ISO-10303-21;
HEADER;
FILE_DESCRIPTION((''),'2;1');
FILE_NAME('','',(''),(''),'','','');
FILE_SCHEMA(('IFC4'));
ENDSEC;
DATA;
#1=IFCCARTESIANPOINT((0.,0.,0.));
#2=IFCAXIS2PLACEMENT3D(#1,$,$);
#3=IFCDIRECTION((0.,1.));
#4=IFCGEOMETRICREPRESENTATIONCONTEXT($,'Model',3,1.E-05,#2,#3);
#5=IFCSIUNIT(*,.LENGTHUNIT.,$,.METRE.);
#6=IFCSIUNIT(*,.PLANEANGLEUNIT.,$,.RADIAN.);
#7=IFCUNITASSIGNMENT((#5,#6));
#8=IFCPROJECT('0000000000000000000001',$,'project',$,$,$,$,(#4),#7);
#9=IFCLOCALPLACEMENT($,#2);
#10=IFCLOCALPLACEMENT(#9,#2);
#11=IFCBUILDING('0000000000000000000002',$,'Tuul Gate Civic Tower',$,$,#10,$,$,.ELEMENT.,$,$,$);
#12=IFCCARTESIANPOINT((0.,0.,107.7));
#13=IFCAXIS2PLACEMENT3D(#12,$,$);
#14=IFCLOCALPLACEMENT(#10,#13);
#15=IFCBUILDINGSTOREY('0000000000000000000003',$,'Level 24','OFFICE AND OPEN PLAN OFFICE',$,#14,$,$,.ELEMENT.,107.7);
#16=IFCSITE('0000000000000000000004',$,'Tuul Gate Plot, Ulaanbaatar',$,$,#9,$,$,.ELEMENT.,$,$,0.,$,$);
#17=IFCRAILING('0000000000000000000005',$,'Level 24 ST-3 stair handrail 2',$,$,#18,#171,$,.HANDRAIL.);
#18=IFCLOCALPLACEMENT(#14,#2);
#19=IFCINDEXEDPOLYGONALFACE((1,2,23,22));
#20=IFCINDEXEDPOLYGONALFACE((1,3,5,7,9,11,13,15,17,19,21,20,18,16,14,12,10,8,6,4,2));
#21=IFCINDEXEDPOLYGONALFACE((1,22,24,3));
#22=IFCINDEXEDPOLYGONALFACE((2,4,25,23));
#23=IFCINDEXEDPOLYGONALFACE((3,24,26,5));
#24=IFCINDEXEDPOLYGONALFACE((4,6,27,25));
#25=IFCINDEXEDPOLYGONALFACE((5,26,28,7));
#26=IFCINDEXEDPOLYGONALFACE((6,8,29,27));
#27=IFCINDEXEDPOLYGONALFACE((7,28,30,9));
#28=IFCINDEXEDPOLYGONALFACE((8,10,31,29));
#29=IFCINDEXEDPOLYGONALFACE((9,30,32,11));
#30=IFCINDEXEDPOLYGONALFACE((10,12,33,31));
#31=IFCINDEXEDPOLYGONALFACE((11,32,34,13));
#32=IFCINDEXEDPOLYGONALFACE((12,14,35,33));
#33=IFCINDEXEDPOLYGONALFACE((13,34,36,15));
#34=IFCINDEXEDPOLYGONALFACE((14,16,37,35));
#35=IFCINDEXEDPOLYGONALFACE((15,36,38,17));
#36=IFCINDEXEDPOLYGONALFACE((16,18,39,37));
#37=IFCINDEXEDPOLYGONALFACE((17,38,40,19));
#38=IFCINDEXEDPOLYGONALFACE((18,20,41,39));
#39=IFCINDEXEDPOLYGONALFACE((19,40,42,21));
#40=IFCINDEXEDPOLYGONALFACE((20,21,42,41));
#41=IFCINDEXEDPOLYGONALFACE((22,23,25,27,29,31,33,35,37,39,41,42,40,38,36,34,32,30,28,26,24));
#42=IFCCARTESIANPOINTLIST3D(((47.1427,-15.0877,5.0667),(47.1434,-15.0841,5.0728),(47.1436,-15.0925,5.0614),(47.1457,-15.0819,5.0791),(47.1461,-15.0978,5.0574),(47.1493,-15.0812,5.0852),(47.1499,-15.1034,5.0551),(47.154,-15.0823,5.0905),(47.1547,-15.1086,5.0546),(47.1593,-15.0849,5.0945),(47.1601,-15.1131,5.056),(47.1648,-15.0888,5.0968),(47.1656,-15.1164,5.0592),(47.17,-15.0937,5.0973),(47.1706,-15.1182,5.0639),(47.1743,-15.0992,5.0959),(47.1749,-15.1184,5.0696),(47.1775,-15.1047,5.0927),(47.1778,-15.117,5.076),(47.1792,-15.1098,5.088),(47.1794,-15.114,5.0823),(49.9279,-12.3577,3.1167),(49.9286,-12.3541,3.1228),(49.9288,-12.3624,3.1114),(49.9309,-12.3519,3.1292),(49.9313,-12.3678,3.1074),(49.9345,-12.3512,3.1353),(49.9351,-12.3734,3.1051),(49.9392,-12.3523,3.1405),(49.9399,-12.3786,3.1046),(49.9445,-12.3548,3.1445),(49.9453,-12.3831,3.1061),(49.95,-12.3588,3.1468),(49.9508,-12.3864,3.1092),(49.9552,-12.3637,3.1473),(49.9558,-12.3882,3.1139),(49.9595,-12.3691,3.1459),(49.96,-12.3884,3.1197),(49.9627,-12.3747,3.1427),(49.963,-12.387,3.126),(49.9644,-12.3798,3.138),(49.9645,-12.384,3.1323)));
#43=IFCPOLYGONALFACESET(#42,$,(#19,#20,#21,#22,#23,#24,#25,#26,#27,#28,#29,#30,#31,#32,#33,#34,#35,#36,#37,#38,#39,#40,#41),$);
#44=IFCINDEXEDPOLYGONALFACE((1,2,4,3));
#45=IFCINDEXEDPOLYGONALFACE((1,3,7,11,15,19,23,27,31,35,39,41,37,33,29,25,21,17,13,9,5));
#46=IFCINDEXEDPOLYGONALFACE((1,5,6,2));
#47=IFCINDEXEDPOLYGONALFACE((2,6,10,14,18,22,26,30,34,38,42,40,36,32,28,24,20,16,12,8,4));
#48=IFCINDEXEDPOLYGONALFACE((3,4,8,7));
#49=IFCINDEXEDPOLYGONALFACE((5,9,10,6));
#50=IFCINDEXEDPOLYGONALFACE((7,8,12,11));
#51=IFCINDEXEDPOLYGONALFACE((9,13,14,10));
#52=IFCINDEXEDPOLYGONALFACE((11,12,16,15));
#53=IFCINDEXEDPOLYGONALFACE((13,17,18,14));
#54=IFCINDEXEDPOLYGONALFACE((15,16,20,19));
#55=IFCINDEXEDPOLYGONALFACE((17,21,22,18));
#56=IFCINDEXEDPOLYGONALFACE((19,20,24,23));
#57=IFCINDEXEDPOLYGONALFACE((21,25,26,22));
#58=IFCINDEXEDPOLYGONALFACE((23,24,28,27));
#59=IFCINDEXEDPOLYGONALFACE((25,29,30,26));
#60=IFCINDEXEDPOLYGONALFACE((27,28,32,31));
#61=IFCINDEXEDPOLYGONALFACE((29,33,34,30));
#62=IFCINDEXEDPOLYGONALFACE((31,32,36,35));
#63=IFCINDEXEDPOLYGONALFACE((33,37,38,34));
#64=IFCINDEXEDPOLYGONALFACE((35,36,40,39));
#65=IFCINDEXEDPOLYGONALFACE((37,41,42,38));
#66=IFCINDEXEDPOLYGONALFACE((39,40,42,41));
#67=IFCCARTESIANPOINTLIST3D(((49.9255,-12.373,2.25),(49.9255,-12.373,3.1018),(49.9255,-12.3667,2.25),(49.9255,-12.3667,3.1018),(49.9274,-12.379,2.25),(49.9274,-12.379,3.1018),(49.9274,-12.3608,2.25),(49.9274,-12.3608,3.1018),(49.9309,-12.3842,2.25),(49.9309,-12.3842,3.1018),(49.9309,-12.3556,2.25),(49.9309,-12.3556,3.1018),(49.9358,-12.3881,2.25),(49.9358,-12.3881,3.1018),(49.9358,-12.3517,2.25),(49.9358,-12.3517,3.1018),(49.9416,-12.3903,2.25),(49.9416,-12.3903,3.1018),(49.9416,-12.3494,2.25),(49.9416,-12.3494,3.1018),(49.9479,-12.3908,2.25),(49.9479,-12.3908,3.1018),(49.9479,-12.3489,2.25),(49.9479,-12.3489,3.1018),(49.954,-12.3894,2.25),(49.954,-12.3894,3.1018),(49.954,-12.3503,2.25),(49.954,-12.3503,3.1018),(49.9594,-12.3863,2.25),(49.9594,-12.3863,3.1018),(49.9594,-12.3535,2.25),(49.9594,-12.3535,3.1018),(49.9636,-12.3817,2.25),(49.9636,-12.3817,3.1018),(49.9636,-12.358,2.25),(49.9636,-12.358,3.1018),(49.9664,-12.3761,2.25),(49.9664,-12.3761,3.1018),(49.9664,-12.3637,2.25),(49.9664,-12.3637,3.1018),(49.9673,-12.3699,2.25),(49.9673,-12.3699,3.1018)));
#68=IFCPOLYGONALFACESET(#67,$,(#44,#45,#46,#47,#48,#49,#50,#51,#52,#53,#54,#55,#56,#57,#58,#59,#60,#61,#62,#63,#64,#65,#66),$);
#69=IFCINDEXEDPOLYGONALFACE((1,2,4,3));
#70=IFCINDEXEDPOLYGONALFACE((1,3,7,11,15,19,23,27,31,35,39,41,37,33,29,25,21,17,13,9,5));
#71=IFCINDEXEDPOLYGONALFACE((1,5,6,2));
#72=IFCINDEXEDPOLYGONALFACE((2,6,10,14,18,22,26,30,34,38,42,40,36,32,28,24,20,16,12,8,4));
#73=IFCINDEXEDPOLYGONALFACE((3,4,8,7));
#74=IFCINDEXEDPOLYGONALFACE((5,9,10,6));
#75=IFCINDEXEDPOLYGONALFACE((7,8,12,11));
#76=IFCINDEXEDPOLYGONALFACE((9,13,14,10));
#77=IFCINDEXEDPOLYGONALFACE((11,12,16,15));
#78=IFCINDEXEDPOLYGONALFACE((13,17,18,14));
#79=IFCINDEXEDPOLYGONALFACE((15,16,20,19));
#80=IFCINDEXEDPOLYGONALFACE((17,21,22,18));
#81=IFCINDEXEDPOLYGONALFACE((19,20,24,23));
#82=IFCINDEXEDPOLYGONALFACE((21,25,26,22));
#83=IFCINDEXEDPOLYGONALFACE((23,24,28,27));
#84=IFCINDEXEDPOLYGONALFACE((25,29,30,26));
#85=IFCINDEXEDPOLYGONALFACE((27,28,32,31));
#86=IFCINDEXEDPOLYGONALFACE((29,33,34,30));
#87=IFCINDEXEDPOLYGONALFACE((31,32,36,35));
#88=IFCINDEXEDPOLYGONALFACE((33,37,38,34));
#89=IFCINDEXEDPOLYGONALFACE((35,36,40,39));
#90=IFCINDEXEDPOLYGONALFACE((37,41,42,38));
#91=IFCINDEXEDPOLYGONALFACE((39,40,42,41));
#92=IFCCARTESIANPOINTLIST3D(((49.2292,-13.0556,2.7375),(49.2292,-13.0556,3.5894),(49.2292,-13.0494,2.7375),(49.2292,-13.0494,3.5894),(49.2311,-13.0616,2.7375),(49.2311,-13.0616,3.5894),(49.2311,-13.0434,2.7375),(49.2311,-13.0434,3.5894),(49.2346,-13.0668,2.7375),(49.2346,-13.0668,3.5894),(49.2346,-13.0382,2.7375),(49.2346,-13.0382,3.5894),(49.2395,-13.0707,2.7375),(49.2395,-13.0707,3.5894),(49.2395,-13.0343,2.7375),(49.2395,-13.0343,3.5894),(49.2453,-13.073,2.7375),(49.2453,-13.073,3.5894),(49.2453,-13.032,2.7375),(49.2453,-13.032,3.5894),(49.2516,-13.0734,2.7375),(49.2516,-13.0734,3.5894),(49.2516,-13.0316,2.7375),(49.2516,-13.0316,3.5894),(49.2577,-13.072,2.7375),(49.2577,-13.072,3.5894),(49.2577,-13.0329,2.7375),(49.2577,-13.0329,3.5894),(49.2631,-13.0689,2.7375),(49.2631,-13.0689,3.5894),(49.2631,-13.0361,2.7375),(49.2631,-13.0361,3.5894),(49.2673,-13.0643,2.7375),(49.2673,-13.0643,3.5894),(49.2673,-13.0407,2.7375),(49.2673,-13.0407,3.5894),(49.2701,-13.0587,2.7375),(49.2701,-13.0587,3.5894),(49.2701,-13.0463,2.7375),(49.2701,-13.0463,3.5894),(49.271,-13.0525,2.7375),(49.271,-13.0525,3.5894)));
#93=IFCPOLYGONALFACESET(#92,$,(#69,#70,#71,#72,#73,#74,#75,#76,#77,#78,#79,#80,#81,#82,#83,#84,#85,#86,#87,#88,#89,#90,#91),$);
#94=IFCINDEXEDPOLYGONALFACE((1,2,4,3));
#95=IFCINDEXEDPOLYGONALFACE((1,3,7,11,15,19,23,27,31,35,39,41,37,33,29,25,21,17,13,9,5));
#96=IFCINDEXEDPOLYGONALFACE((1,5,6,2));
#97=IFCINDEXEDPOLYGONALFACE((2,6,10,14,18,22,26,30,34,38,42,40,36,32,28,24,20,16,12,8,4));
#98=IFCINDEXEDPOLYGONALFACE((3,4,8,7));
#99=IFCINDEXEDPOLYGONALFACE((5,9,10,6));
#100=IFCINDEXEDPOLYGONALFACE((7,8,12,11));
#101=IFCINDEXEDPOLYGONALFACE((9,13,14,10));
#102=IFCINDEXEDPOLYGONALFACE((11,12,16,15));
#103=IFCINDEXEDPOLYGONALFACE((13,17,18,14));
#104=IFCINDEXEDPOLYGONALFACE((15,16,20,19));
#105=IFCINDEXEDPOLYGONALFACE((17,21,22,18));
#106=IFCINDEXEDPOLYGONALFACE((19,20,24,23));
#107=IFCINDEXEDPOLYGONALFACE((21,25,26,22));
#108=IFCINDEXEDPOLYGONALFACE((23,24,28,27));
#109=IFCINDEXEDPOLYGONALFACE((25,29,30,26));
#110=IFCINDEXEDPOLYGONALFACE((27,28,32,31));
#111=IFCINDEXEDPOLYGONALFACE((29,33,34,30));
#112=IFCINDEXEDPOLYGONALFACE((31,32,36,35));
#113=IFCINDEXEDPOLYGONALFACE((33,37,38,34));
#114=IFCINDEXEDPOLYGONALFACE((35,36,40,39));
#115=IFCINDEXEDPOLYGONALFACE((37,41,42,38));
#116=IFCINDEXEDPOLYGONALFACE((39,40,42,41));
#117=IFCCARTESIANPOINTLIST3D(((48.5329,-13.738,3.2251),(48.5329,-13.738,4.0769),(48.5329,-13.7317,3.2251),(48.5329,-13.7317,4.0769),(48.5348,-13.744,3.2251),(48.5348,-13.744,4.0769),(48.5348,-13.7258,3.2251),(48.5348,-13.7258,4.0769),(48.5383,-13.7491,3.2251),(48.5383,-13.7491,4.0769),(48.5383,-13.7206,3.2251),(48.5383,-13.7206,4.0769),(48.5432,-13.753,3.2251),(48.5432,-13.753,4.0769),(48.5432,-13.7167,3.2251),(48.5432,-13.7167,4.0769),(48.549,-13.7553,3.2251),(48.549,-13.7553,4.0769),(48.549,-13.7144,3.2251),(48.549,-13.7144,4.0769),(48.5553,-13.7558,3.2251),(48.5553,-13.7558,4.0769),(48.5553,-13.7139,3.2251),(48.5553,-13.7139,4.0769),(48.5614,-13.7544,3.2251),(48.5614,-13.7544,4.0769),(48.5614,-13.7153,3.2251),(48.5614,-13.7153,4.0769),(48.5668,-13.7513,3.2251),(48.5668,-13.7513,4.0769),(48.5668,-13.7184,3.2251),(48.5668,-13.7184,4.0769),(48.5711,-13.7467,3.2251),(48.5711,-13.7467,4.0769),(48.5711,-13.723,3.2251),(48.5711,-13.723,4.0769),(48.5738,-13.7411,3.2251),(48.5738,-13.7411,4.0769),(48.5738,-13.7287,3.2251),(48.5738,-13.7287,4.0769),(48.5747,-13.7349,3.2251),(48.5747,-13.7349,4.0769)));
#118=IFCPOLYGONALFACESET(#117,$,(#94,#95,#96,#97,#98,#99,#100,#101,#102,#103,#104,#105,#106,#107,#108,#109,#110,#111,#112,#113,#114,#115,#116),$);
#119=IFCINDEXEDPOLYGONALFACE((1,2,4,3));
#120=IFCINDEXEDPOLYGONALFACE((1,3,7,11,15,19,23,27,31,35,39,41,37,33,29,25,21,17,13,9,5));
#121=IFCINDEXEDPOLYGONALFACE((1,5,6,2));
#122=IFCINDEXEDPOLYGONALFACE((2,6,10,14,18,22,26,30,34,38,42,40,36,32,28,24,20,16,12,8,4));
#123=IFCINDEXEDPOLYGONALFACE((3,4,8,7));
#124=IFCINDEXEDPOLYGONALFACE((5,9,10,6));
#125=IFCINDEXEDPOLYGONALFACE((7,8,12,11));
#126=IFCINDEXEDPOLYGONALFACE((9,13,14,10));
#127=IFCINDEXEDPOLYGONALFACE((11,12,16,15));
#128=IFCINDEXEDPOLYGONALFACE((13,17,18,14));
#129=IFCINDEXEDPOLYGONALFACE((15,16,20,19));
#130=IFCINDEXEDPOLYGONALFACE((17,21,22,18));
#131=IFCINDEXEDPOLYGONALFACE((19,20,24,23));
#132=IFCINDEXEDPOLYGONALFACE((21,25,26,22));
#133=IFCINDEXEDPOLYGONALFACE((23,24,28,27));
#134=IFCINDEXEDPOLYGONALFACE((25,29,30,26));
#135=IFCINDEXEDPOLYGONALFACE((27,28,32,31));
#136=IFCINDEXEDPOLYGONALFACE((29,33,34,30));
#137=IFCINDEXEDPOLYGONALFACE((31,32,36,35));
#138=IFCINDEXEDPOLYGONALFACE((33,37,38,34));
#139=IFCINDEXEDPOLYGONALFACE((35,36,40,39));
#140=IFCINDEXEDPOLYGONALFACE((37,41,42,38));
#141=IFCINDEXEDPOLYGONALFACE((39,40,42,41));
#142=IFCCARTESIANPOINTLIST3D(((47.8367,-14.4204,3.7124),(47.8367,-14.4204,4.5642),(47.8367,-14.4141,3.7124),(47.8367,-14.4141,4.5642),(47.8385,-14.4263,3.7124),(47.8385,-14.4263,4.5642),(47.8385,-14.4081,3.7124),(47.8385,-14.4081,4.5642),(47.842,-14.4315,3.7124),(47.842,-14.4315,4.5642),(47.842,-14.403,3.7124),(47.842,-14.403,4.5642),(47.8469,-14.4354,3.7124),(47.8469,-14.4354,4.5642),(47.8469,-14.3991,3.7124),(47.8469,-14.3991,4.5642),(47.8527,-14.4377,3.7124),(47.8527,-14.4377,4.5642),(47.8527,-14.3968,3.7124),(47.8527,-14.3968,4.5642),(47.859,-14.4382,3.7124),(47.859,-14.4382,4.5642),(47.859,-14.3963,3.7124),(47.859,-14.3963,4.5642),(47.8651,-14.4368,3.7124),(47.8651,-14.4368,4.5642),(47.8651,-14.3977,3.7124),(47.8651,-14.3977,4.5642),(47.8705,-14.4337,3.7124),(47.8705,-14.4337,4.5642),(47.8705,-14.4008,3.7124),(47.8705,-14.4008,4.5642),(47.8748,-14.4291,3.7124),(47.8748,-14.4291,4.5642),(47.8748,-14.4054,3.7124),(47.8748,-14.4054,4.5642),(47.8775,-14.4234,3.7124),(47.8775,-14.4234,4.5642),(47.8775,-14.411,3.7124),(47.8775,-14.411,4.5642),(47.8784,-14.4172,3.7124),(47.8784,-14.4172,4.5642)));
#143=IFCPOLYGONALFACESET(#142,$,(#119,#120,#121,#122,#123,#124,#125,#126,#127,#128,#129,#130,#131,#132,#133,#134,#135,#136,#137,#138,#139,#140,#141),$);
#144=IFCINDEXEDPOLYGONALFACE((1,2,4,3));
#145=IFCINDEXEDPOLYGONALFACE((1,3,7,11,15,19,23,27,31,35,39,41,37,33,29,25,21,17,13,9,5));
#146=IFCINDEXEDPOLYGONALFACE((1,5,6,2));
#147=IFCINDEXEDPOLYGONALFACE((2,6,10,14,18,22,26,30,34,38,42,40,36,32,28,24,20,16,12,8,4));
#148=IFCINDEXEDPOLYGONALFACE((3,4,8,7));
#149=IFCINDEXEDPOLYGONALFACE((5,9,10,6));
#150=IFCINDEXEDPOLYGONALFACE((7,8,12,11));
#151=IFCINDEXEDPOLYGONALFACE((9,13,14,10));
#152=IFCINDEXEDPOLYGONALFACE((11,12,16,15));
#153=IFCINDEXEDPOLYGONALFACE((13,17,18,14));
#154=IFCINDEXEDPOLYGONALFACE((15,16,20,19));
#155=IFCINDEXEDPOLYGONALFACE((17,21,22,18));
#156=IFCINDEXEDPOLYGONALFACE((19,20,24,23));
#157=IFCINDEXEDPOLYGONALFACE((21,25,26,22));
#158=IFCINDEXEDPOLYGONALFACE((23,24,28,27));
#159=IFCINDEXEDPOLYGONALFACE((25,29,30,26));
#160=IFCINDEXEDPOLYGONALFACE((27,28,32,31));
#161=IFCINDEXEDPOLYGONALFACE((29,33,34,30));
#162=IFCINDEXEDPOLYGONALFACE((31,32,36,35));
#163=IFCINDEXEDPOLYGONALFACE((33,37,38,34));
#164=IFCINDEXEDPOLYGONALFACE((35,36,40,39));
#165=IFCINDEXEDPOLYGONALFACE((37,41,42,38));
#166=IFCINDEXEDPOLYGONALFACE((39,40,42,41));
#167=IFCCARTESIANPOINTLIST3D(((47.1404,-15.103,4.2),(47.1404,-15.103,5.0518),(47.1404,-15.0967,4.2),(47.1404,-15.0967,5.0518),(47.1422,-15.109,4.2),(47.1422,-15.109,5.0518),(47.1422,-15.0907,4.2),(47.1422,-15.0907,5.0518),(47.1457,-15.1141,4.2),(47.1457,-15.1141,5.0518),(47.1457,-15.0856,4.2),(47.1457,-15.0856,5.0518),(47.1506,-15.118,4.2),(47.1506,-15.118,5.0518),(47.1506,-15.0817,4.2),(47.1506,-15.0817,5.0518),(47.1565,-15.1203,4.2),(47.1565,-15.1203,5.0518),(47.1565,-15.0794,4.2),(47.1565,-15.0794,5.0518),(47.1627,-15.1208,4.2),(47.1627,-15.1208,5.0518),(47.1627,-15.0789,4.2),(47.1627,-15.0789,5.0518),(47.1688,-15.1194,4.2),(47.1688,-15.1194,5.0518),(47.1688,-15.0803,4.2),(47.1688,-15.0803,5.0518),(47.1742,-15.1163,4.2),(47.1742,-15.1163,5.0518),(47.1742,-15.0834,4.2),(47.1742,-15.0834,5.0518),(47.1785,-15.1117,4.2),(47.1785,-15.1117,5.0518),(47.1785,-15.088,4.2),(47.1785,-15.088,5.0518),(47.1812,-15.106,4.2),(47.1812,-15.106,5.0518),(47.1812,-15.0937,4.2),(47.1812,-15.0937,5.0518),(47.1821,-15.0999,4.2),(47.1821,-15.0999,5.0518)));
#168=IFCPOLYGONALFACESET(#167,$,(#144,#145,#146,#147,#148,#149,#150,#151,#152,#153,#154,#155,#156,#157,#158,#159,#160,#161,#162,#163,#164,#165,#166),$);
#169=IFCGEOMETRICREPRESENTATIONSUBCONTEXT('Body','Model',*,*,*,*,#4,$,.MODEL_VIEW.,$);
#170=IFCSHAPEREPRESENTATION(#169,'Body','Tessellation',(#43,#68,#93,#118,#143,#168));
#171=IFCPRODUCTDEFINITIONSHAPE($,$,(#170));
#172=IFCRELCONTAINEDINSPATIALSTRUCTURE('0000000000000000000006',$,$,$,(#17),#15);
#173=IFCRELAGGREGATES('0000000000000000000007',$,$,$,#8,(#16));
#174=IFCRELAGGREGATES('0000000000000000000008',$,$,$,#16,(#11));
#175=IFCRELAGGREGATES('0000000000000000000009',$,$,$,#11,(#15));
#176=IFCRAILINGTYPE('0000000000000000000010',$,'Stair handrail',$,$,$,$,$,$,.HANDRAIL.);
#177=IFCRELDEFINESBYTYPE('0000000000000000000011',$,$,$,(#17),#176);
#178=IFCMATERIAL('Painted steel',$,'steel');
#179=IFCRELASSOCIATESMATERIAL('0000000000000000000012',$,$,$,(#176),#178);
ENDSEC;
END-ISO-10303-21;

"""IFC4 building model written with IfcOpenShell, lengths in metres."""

from ifc_helpers import new_model, si_unit, direction, frame, origin, origin_2d, place, context, subcontext, project, spatial, circle, extrude, material, type_object, element, save


model = new_model("IFC4")

# Units and contexts
model_context = context("Model", 3, precision=1e-05, world=origin(), true_north=direction((0.0, 1.0)))
body_context = subcontext(model_context, "Body", "Model", "MODEL_VIEW")
ifc_project = project(units=[si_unit("LENGTHUNIT", "METRE"), si_unit("PLANEANGLEUNIT", "RADIAN")], contexts=[model_context])

# Site, building, storey
site_placement = place(None, origin())
site = spatial("IfcSite", under=ifc_project, at=site_placement, Name="Tuul Gate Plot, Ulaanbaatar", CompositionType="ELEMENT", RefElevation=0.0)
building_placement = place(site_placement, origin())
building = spatial("IfcBuilding", under=site, at=building_placement, Name="Tuul Gate Civic Tower", CompositionType="ELEMENT")
storey_placement = place(building_placement, frame((0.0, 0.0, 107.7)))
storey = spatial("IfcBuildingStorey", under=building, at=storey_placement, Name="Level 24", Description="OFFICE AND OPEN PLAN OFFICE", CompositionType="ELEMENT", Elevation=107.7)

# Railing
ifc_material_1 = material(Name="Painted steel", Category="steel")
railing_type_1 = type_object("IfcRailingType", Name="Stair handrail", PredefinedType="HANDRAIL", material=ifc_material_1)
railing_1_placement = place(storey_placement, frame((49.9463, -12.3699, 2.25)))
element("IfcRailing", 1, at=railing_1_placement, inside=storey, type_object=railing_type_1, Name="Level 24 ST-3 stair handrail 2", PredefinedType="HANDRAIL", context=body_context, shape_type="SweptSolid", body=[
    extrude(circle(Radius=0.0239, at=origin_2d()), frame((0.0, 0.0, 0.876), z_axis=(-0.638754, -0.6261, 0.447206), x_axis=(0.699998, -0.714145, 0.0)), (0.0, 0.0, 1.0), 4.3604),
    extrude(circle(Radius=0.021, at=origin_2d()), origin(), (0.0, 0.0, 1.0), 0.8518),
    extrude(circle(Radius=0.021, at=origin_2d()), frame((-0.6963, -0.6826, 0.4875)), (0.0, 0.0, 1.0), 0.8518),
    extrude(circle(Radius=0.021, at=origin_2d()), frame((-1.3926, -1.365, 0.9751)), (0.0, 0.0, 1.0), 0.8518),
    extrude(circle(Radius=0.021, at=origin_2d()), frame((-2.0889, -2.0474, 1.4624)), (0.0, 0.0, 1.0), 0.8518),
    extrude(circle(Radius=0.021, at=origin_2d()), frame((-2.7852, -2.73, 1.95)), (0.0, 0.0, 1.0), 0.8518),
])

save(model, "model.ifc")
